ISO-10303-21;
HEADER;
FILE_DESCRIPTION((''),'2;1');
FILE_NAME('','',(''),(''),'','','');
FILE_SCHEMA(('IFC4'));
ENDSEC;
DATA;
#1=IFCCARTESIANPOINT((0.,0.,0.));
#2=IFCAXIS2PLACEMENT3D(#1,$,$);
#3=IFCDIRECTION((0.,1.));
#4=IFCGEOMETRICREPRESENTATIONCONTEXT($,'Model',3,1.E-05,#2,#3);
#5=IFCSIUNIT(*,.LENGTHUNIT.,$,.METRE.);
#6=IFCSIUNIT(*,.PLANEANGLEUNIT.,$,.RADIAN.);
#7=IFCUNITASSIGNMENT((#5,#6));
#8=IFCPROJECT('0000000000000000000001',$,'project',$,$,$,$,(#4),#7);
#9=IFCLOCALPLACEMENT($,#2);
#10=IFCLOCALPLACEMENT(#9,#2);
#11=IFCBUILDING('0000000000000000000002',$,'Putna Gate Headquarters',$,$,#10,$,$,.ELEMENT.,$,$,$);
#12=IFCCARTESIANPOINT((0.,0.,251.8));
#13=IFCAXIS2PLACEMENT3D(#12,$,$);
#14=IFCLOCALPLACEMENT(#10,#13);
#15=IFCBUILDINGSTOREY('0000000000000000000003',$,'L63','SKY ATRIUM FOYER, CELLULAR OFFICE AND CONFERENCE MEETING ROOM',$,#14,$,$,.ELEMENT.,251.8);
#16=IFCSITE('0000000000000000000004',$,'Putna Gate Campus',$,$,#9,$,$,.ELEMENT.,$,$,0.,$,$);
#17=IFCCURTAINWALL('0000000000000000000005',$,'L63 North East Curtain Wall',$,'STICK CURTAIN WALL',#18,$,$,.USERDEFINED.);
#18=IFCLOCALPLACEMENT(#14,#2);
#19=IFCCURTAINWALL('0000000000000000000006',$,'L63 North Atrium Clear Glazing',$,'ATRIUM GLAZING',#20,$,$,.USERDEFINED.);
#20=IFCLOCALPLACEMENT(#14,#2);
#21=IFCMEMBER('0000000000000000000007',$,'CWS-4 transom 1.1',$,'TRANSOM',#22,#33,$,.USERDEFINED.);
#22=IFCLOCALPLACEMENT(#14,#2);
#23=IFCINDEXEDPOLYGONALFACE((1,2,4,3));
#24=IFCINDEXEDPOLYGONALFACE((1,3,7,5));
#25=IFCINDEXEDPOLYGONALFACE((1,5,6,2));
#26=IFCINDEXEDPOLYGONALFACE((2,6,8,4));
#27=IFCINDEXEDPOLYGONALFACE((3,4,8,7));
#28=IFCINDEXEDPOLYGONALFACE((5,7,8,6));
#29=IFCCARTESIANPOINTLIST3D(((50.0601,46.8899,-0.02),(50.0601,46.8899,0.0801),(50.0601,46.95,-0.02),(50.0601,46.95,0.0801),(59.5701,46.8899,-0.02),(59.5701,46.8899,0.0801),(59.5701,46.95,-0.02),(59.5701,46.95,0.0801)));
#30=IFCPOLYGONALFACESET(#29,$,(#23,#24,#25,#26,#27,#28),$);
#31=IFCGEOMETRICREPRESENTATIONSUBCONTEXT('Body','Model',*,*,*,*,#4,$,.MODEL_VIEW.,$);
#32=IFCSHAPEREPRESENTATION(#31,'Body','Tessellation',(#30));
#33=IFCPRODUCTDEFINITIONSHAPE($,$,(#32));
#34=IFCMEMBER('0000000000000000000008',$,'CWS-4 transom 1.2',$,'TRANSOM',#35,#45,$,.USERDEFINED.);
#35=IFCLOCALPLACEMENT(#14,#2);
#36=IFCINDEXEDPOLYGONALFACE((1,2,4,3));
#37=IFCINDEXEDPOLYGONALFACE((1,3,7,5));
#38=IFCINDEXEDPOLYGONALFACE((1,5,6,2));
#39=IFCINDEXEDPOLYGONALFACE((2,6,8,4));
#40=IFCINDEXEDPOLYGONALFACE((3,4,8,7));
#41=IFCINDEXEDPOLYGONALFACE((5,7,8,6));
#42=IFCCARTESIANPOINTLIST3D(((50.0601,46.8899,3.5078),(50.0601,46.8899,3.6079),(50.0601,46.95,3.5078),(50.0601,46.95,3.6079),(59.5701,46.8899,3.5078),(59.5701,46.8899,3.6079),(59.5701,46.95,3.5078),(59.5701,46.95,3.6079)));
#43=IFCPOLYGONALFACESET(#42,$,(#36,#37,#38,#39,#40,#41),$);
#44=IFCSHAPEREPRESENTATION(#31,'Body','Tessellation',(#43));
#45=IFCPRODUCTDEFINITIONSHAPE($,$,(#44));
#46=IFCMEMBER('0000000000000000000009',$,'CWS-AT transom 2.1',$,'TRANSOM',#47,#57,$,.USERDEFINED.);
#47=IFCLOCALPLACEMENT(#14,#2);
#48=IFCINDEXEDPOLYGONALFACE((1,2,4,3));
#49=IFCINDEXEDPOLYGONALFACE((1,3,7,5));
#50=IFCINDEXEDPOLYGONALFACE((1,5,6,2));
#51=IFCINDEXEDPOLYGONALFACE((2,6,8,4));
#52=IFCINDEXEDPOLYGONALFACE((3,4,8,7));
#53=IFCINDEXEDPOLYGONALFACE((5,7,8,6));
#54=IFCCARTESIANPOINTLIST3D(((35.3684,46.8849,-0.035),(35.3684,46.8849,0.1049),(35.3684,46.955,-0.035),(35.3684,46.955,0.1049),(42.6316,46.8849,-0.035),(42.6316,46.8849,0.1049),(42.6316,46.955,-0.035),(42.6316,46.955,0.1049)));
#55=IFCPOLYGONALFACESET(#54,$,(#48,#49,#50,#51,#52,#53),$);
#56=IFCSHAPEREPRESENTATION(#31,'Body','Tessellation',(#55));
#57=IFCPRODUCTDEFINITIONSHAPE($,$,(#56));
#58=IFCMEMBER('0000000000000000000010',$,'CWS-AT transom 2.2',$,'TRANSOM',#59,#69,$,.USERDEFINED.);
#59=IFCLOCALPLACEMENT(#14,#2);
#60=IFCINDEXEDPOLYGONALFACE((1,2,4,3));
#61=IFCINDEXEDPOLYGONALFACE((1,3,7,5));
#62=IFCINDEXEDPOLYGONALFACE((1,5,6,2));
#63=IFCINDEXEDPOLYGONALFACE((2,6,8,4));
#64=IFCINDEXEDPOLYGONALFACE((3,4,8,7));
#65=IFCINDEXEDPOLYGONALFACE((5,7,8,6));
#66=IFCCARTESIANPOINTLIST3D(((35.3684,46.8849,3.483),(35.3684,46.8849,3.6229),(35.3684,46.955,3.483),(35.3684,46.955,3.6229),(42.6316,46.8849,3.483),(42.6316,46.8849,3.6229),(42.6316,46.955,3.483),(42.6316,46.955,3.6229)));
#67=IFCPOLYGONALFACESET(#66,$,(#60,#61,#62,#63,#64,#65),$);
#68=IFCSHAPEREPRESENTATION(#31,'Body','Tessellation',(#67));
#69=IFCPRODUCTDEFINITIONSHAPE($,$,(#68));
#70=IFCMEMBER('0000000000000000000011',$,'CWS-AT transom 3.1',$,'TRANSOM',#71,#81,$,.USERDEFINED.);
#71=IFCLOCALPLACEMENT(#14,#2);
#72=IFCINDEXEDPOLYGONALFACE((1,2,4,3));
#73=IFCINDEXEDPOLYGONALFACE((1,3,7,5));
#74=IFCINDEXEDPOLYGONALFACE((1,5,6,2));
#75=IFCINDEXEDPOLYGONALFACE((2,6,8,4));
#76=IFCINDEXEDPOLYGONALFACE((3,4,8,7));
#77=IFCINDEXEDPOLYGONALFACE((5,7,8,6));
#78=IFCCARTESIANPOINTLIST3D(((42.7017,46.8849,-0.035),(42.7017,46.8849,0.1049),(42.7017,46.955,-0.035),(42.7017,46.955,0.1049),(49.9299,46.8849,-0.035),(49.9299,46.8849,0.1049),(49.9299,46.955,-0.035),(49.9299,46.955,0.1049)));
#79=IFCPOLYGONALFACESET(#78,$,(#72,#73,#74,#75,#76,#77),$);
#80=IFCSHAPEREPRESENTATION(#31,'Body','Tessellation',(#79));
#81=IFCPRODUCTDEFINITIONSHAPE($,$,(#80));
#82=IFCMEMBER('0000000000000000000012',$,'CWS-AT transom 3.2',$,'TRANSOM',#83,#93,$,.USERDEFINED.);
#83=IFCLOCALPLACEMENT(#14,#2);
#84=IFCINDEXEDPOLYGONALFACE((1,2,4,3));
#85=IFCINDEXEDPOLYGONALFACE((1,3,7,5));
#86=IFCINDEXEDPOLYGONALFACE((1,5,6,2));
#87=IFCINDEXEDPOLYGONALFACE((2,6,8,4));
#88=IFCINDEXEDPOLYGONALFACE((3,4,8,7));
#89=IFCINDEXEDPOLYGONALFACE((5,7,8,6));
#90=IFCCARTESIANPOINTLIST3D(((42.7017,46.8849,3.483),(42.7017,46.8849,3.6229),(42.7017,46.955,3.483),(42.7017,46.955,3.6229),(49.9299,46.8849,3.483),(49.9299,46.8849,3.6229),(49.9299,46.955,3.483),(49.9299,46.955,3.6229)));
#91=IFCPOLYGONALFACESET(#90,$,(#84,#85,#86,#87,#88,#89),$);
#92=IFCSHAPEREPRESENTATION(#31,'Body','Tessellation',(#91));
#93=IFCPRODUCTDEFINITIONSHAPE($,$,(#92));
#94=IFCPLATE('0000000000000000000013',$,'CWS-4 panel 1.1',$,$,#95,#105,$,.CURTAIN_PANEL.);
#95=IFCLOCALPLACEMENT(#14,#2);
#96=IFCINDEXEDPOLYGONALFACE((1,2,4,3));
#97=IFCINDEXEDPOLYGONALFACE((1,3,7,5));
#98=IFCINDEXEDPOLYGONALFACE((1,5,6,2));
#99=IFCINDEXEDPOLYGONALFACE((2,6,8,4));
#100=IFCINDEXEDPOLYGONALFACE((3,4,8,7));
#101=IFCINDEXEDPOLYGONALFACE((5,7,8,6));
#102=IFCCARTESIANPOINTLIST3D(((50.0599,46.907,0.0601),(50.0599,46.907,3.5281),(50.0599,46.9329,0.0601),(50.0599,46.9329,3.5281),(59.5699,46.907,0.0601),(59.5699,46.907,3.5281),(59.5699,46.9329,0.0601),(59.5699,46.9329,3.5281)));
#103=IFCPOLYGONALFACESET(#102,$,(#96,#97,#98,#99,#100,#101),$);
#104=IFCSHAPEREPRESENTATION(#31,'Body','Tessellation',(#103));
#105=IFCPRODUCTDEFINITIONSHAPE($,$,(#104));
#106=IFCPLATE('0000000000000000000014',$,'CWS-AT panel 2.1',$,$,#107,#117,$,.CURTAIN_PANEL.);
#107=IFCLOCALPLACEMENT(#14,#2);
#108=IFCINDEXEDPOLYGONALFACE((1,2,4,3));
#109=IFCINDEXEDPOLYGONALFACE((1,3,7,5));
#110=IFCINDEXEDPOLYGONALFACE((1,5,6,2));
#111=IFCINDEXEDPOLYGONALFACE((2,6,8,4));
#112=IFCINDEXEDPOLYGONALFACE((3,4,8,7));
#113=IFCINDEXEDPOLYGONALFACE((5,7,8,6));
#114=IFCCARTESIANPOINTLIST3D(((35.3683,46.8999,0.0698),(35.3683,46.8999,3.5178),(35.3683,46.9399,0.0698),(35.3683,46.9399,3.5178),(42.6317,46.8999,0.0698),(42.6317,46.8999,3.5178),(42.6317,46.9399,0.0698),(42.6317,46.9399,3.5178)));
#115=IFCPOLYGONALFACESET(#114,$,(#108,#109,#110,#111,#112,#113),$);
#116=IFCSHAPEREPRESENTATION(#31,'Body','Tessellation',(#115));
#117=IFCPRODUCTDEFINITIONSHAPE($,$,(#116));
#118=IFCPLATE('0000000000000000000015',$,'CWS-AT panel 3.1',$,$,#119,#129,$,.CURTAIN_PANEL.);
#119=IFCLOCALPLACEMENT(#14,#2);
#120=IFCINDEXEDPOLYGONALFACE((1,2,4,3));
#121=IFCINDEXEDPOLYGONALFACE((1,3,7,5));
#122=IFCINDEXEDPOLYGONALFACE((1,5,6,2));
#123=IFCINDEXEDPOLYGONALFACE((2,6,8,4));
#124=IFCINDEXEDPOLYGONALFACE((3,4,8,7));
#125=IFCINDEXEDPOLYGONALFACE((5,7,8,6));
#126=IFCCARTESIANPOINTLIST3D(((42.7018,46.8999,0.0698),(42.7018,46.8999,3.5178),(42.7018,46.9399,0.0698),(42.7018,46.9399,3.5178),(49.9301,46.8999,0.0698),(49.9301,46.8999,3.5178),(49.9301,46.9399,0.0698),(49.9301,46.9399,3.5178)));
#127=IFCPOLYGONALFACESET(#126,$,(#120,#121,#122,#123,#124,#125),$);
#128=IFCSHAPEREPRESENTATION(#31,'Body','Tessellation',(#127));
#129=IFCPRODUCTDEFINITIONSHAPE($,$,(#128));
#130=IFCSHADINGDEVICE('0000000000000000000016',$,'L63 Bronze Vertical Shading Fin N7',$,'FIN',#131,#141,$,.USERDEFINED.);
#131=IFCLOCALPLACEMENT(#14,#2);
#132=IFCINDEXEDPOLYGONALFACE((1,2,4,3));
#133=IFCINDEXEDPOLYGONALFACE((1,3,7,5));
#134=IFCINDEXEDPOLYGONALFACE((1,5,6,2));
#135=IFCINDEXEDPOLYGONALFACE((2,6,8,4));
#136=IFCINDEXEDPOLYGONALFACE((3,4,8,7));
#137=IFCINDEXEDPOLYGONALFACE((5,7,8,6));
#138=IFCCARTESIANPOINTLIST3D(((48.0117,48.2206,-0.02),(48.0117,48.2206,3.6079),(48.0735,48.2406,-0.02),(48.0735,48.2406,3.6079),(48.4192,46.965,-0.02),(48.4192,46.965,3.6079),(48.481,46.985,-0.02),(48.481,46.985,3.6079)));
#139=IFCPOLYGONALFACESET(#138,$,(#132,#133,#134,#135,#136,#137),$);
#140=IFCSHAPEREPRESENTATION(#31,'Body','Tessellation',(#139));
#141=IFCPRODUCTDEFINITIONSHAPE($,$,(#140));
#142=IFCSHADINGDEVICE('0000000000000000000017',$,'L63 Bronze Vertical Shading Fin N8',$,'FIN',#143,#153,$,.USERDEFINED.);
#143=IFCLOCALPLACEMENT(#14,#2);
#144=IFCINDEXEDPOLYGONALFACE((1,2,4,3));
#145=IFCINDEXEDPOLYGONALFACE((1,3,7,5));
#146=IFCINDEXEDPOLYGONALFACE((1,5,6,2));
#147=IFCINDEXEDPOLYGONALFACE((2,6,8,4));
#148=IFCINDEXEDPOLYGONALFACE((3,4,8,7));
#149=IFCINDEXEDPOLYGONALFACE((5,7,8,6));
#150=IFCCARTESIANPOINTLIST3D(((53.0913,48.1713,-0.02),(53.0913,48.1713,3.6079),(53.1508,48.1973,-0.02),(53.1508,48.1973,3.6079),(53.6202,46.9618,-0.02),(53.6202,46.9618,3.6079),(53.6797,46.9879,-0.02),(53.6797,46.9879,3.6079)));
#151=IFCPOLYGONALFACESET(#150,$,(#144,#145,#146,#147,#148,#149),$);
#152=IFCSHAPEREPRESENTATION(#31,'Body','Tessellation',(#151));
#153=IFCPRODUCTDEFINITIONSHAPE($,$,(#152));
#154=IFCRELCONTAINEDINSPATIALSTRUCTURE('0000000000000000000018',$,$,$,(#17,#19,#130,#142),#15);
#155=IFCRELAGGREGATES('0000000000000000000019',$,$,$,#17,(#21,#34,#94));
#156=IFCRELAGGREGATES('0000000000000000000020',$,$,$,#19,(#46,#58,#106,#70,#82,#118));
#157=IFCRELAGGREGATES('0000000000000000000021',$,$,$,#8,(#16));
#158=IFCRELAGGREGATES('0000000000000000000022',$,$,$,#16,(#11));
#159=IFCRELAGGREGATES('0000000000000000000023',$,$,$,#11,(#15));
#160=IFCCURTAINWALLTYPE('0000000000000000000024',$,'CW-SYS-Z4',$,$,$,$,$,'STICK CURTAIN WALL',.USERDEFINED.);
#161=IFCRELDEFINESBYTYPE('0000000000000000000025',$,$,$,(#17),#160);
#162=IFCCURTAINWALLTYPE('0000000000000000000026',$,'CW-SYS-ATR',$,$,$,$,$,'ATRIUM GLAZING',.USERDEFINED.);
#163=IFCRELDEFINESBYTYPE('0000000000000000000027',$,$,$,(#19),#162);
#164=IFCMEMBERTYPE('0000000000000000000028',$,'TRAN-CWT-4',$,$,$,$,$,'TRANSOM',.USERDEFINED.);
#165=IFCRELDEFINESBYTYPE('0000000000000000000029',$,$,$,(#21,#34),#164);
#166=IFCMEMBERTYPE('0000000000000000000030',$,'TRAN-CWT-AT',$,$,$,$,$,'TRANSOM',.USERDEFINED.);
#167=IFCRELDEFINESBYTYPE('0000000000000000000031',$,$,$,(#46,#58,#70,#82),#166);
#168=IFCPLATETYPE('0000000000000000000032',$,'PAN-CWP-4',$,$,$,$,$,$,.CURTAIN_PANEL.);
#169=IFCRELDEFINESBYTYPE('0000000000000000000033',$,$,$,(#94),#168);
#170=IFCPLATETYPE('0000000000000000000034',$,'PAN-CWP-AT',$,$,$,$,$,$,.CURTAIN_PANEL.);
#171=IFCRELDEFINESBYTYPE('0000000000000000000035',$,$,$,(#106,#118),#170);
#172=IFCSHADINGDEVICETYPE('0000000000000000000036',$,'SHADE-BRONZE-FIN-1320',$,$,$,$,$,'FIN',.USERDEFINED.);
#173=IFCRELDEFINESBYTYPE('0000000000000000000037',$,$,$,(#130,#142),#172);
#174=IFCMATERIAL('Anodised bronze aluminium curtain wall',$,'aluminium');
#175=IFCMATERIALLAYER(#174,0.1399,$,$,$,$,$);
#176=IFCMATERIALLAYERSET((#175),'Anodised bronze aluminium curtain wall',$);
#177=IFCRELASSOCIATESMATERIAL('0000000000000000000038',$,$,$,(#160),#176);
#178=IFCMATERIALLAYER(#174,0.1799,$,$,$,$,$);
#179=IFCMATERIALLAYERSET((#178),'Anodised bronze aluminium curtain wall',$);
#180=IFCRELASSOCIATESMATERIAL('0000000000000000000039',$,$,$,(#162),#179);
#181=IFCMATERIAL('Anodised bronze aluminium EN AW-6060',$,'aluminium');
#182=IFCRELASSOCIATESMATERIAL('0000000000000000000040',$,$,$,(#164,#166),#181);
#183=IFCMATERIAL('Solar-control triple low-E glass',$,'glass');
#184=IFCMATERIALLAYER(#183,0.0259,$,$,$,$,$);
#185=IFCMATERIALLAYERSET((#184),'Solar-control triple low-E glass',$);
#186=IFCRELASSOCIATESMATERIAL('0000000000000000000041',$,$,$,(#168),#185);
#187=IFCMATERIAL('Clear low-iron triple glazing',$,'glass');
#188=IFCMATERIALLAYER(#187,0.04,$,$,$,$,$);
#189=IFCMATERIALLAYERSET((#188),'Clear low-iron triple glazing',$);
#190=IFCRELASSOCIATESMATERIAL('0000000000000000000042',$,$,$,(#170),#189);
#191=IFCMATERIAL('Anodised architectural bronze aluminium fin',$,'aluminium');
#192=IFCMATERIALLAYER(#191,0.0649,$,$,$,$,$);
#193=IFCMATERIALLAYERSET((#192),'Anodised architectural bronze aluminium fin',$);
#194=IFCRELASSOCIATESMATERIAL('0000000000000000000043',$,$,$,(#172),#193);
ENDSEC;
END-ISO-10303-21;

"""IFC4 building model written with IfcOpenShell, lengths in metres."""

from ifc_helpers import new_model, si_unit, direction, frame, origin, origin_2d, place, context, subcontext, project, spatial, rectangle, extrude, material, layer, layer_set, material_profile, profile_set, type_object, element, aggregate, save


model = new_model("IFC4")

# Units and contexts
model_context = context("Model", 3, precision=1e-05, world=origin(), true_north=direction((0.0, 1.0)))
body_context = subcontext(model_context, "Body", "Model", "MODEL_VIEW")
ifc_project = project(units=[si_unit("LENGTHUNIT", "METRE"), si_unit("PLANEANGLEUNIT", "RADIAN")], contexts=[model_context])

# Site, building, storey
site_placement = place(None, origin())
site = spatial("IfcSite", under=ifc_project, at=site_placement, Name="Putna Gate Campus", CompositionType="ELEMENT", RefElevation=0.0)
building_placement = place(site_placement, origin())
building = spatial("IfcBuilding", under=site, at=building_placement, Name="Putna Gate Headquarters", CompositionType="ELEMENT")
storey_placement = place(building_placement, frame((0.0, 0.0, 251.8)))
storey = spatial("IfcBuildingStorey", under=building, at=storey_placement, Name="L63", Description="SKY ATRIUM FOYER, CELLULAR OFFICE AND CONFERENCE MEETING ROOM", CompositionType="ELEMENT", Elevation=251.8)

# Curtain wall
ifc_material_1 = material(Name="Anodised bronze aluminium curtain wall", Category="aluminium")
ifc_layer_1 = layer(ifc_material_1, 0.1399)
ifc_layer_set_1 = layer_set([ifc_layer_1], Name="Anodised bronze aluminium curtain wall")
curtain_wall_type_1 = type_object("IfcCurtainWallType", Name="CW-SYS-Z4", ElementType="STICK CURTAIN WALL", PredefinedType="USERDEFINED", material=ifc_layer_set_1)
curtain_wall_1_placement = place(storey_placement, origin())
curtain_wall_1 = element("IfcCurtainWall", 1, at=curtain_wall_1_placement, inside=storey, type_object=curtain_wall_type_1, Name="L63 North East Curtain Wall", ObjectType="STICK CURTAIN WALL", PredefinedType="USERDEFINED")
ifc_material_2 = material(Name="Anodised bronze aluminium EN AW-6060", Category="aluminium")

# Curtain wall
ifc_layer_2 = layer(ifc_material_1, 0.1799)
ifc_layer_set_2 = layer_set([ifc_layer_2], Name="Anodised bronze aluminium curtain wall")
curtain_wall_type_2 = type_object("IfcCurtainWallType", Name="CW-SYS-ATR", ElementType="ATRIUM GLAZING", PredefinedType="USERDEFINED", material=ifc_layer_set_2)
curtain_wall_2_placement = place(storey_placement, origin())
curtain_wall_2 = element("IfcCurtainWall", 2, at=curtain_wall_2_placement, inside=storey, type_object=curtain_wall_type_2, Name="L63 North Atrium Clear Glazing", ObjectType="ATRIUM GLAZING", PredefinedType="USERDEFINED")

# Members
ifc_material_profile_1 = material_profile(ifc_material_2, rectangle(XDim=0.0601, YDim=0.1001, at=origin_2d()), Name="Anodised bronze aluminium EN AW-6060")
ifc_profile_set_1 = profile_set([ifc_material_profile_1], Name="Anodised bronze aluminium EN AW-6060")
member_type_1 = type_object("IfcMemberType", Name="TRAN-CWT-4", ElementType="TRANSOM", PredefinedType="USERDEFINED", material=ifc_profile_set_1)
member_1_placement = place(storey_placement, frame((50.0601, 46.9199, 0.03), z_axis=(1.0, 0.0, 0.0), x_axis=(0.0, 1.0, 0.0)))
member_1 = element("IfcMember", 3, at=member_1_placement, type_object=member_type_1, Name="CWS-4 transom 1.1", ObjectType="TRANSOM", PredefinedType="USERDEFINED", context=body_context, shape_type="SweptSolid", body=[
    extrude(rectangle(XDim=0.0601, YDim=0.1001, at=origin_2d()), origin(), (0.0, 0.0, 1.0), 9.51),
])
member_2_placement = place(storey_placement, frame((50.0601, 46.9199, 3.5579), z_axis=(1.0, 0.0, 0.0), x_axis=(0.0, 1.0, 0.0)))
member_2 = element("IfcMember", 4, at=member_2_placement, type_object=member_type_1, Name="CWS-4 transom 1.2", ObjectType="TRANSOM", PredefinedType="USERDEFINED", context=body_context, shape_type="SweptSolid", body=[
    extrude(rectangle(XDim=0.0601, YDim=0.1001, at=origin_2d()), origin(), (0.0, 0.0, 1.0), 9.51),
])
ifc_material_profile_2 = material_profile(ifc_material_2, rectangle(XDim=0.0701, YDim=0.1399, at=origin_2d()), Name="Anodised bronze aluminium EN AW-6060")
ifc_profile_set_2 = profile_set([ifc_material_profile_2], Name="Anodised bronze aluminium EN AW-6060")
member_type_2 = type_object("IfcMemberType", Name="TRAN-CWT-AT", ElementType="TRANSOM", PredefinedType="USERDEFINED", material=ifc_profile_set_2)
member_3_placement = place(storey_placement, frame((35.3684, 46.9199, 0.0349), z_axis=(1.0, 0.0, 0.0), x_axis=(0.0, 1.0, 0.0)))
member_3 = element("IfcMember", 5, at=member_3_placement, type_object=member_type_2, Name="CWS-AT transom 2.1", ObjectType="TRANSOM", PredefinedType="USERDEFINED", context=body_context, shape_type="SweptSolid", body=[
    extrude(rectangle(XDim=0.0701, YDim=0.1399, at=origin_2d()), origin(), (0.0, 0.0, 1.0), 7.2632),
])
member_4_placement = place(storey_placement, frame((35.3684, 46.9199, 3.553), z_axis=(1.0, 0.0, 0.0), x_axis=(0.0, 1.0, 0.0)))
member_4 = element("IfcMember", 6, at=member_4_placement, type_object=member_type_2, Name="CWS-AT transom 2.2", ObjectType="TRANSOM", PredefinedType="USERDEFINED", context=body_context, shape_type="SweptSolid", body=[
    extrude(rectangle(XDim=0.0701, YDim=0.1399, at=origin_2d()), origin(), (0.0, 0.0, 1.0), 7.2632),
])
member_5_placement = place(storey_placement, frame((42.7017, 46.9199, 0.0349), z_axis=(1.0, 0.0, 0.0), x_axis=(0.0, 1.0, 0.0)))
member_5 = element("IfcMember", 7, at=member_5_placement, type_object=member_type_2, Name="CWS-AT transom 3.1", ObjectType="TRANSOM", PredefinedType="USERDEFINED", context=body_context, shape_type="SweptSolid", body=[
    extrude(rectangle(XDim=0.0701, YDim=0.1399, at=origin_2d()), origin(), (0.0, 0.0, 1.0), 7.2283),
])
member_6_placement = place(storey_placement, frame((42.7017, 46.9199, 3.553), z_axis=(1.0, 0.0, 0.0), x_axis=(0.0, 1.0, 0.0)))
member_6 = element("IfcMember", 8, at=member_6_placement, type_object=member_type_2, Name="CWS-AT transom 3.2", ObjectType="TRANSOM", PredefinedType="USERDEFINED", context=body_context, shape_type="SweptSolid", body=[
    extrude(rectangle(XDim=0.0701, YDim=0.1399, at=origin_2d()), origin(), (0.0, 0.0, 1.0), 7.2283),
])

# Plates
ifc_material_3 = material(Name="Solar-control triple low-E glass", Category="glass")
ifc_layer_3 = layer(ifc_material_3, 0.0259)
ifc_layer_set_3 = layer_set([ifc_layer_3], Name="Solar-control triple low-E glass")
plate_type_1 = type_object("IfcPlateType", Name="PAN-CWP-4", PredefinedType="CURTAIN_PANEL", material=ifc_layer_set_3)
plate_1_placement = place(storey_placement, frame((54.8149, 46.9199, 0.0601), z_axis=(0.0, 0.0, 1.0), x_axis=(1.0, 0.0, 0.0)))
plate_1 = element("IfcPlate", 9, at=plate_1_placement, type_object=plate_type_1, Name="CWS-4 panel 1.1", PredefinedType="CURTAIN_PANEL", context=body_context, shape_type="SweptSolid", body=[
    extrude(rectangle(XDim=9.51, YDim=0.0259, at=origin_2d()), origin(), (0.0, 0.0, 1.0), 3.468),
])
aggregate(curtain_wall_1, [member_1, member_2, plate_1])
ifc_material_4 = material(Name="Clear low-iron triple glazing", Category="glass")
ifc_layer_4 = layer(ifc_material_4, 0.04)
ifc_layer_set_4 = layer_set([ifc_layer_4], Name="Clear low-iron triple glazing")
plate_type_2 = type_object("IfcPlateType", Name="PAN-CWP-AT", PredefinedType="CURTAIN_PANEL", material=ifc_layer_set_4)
plate_2_placement = place(storey_placement, frame((39.0, 46.9199, 0.0698), z_axis=(0.0, 0.0, 1.0), x_axis=(1.0, 0.0, 0.0)))
plate_2 = element("IfcPlate", 10, at=plate_2_placement, type_object=plate_type_2, Name="CWS-AT panel 2.1", PredefinedType="CURTAIN_PANEL", context=body_context, shape_type="SweptSolid", body=[
    extrude(rectangle(XDim=7.2634, YDim=0.04, at=origin_2d()), origin(), (0.0, 0.0, 1.0), 3.448),
])
plate_3_placement = place(storey_placement, frame((46.3159, 46.9199, 0.0698), z_axis=(0.0, 0.0, 1.0), x_axis=(1.0, 0.0, 0.0)))
plate_3 = element("IfcPlate", 11, at=plate_3_placement, type_object=plate_type_2, Name="CWS-AT panel 3.1", PredefinedType="CURTAIN_PANEL", context=body_context, shape_type="SweptSolid", body=[
    extrude(rectangle(XDim=7.2283, YDim=0.04, at=origin_2d()), origin(), (0.0, 0.0, 1.0), 3.448),
])
aggregate(curtain_wall_2, [member_3, member_4, plate_2, member_5, member_6, plate_3])

# Shading devices
ifc_material_5 = material(Name="Anodised architectural bronze aluminium fin", Category="aluminium")
ifc_layer_5 = layer(ifc_material_5, 0.0649)
ifc_layer_set_5 = layer_set([ifc_layer_5], Name="Anodised architectural bronze aluminium fin")
shading_device_type = type_object("IfcShadingDeviceType", Name="SHADE-BRONZE-FIN-1320", ElementType="FIN", PredefinedType="USERDEFINED", material=ifc_layer_set_5)
for number, where, z_axis, x_axis, name in (
    (12, (48.2463, 47.6028, -0.02), (0.0, 0.0, 1.0), (-0.308685, 0.951164, 0.0), "L63 Bronze Vertical Shading Fin N7"),
    (13, (53.3855, 47.5796, -0.02), (0.0, 0.0, 1.0), (-0.400669, 0.916223, 0.0), "L63 Bronze Vertical Shading Fin N8"),
):
    element("IfcShadingDevice", number, at=place(storey_placement, frame(where, z_axis=z_axis, x_axis=x_axis)), inside=storey, type_object=shading_device_type, Name=name, ObjectType="FIN", PredefinedType="USERDEFINED", context=body_context, shape_type="SweptSolid", body=[
        extrude(rectangle(XDim=1.3201, YDim=0.0649, at=origin_2d()), origin(), (0.0, 0.0, 1.0), 3.6279),
    ])

save(model, "model.ifc")
